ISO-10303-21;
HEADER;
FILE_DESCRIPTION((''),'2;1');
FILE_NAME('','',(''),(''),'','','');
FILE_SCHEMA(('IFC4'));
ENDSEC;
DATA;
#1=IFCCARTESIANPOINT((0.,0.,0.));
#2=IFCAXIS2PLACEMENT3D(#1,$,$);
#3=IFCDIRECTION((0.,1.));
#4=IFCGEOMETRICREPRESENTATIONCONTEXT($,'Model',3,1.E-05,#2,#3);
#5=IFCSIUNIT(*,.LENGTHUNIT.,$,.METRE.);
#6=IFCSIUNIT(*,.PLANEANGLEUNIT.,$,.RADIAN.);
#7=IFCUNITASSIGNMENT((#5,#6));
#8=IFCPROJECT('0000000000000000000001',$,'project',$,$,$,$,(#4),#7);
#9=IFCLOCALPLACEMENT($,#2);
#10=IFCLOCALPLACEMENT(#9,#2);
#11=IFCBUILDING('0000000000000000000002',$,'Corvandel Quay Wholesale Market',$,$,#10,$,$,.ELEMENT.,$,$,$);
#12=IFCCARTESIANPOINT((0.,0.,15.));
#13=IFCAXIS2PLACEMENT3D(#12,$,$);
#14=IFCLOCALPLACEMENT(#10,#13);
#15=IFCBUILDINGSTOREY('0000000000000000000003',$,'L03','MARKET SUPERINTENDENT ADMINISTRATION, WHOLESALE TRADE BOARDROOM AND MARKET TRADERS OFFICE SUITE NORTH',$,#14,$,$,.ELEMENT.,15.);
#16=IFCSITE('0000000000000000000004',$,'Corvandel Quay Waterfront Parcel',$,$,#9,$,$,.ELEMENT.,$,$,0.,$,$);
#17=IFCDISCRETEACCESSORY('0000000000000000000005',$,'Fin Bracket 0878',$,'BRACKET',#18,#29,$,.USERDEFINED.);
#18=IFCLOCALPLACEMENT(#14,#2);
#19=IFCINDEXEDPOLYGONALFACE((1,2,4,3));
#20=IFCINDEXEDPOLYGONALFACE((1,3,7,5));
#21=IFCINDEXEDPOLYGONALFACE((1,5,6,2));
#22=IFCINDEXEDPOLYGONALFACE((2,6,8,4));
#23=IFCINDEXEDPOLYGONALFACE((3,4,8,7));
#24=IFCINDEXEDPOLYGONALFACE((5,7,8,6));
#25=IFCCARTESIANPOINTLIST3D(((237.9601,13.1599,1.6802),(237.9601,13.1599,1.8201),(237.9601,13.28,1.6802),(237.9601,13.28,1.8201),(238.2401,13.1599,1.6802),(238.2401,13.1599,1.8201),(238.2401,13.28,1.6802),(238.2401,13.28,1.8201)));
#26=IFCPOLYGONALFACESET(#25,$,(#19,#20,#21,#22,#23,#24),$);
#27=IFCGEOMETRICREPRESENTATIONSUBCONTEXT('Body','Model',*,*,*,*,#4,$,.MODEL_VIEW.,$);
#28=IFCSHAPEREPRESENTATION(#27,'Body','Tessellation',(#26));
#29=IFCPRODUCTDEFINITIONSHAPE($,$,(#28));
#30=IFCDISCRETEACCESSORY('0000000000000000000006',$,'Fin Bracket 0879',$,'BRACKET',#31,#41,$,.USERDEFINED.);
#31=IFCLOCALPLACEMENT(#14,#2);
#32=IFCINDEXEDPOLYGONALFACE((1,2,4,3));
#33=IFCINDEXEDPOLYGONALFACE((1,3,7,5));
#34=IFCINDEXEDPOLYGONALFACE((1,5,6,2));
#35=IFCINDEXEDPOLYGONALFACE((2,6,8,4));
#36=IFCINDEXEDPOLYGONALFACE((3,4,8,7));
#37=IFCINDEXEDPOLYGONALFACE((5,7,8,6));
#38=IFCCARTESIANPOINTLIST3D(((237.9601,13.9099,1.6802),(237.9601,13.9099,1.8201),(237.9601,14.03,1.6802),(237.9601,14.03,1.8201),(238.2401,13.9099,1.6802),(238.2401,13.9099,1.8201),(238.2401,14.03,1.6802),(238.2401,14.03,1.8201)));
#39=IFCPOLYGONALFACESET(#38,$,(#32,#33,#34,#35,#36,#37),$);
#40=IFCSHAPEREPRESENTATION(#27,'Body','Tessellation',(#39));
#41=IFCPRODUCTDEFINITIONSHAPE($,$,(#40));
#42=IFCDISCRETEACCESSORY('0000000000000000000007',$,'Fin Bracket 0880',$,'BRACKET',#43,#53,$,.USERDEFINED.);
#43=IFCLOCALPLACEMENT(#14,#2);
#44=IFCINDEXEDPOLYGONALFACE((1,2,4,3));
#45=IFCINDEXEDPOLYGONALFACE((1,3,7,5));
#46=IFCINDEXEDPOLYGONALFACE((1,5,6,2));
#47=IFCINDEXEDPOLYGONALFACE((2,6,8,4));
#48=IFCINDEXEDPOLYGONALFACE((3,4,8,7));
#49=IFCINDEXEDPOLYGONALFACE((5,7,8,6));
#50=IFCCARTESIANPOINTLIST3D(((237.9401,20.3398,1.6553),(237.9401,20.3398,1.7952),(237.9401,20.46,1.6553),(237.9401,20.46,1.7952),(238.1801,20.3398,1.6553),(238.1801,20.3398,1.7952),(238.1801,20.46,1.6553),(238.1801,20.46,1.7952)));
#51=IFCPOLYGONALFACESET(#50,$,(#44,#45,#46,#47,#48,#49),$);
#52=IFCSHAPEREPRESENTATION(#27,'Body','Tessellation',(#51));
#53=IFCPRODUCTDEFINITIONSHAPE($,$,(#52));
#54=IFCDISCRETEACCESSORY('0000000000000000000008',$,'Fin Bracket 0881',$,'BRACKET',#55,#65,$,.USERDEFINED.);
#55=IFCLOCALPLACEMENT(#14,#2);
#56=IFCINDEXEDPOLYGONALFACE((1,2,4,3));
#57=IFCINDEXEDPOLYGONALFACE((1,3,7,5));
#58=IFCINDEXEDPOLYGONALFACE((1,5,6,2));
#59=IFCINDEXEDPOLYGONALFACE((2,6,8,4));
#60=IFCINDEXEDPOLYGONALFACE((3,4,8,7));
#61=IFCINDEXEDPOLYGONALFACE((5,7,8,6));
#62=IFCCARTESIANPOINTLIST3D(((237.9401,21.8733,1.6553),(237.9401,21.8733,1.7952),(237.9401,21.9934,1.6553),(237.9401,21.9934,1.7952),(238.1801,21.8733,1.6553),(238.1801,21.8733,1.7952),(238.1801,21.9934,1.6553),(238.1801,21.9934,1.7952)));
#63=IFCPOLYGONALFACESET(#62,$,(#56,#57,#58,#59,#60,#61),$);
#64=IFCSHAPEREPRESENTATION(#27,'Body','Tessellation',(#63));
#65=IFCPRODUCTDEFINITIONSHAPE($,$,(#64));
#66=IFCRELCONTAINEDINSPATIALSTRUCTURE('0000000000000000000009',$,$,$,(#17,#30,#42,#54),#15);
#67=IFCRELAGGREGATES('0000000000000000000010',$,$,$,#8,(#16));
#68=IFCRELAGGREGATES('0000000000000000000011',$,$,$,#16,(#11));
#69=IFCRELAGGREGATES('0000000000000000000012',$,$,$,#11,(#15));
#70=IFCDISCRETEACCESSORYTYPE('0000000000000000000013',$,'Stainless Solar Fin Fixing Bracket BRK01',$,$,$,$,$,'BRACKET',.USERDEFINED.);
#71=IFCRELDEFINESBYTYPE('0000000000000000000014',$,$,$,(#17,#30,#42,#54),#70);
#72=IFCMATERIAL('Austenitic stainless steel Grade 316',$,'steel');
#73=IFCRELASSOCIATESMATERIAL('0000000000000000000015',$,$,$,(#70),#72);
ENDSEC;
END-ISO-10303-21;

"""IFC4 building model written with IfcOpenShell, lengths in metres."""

from ifc_helpers import new_model, si_unit, direction, frame, origin, origin_2d, place, context, subcontext, project, spatial, rectangle, extrude, material, type_object, element, save


model = new_model("IFC4")

# Units and contexts
model_context = context("Model", 3, precision=1e-05, world=origin(), true_north=direction((0.0, 1.0)))
body_context = subcontext(model_context, "Body", "Model", "MODEL_VIEW")
ifc_project = project(units=[si_unit("LENGTHUNIT", "METRE"), si_unit("PLANEANGLEUNIT", "RADIAN")], contexts=[model_context])

# Site, building, storey
site_placement = place(None, origin())
site = spatial("IfcSite", under=ifc_project, at=site_placement, Name="Corvandel Quay Waterfront Parcel", CompositionType="ELEMENT", RefElevation=0.0)
building_placement = place(site_placement, origin())
building = spatial("IfcBuilding", under=site, at=building_placement, Name="Corvandel Quay Wholesale Market", CompositionType="ELEMENT")
storey_placement = place(building_placement, frame((0.0, 0.0, 15.0)))
storey = spatial("IfcBuildingStorey", under=building, at=storey_placement, Name="L03", Description="MARKET SUPERINTENDENT ADMINISTRATION, WHOLESALE TRADE BOARDROOM AND MARKET TRADERS OFFICE SUITE NORTH", CompositionType="ELEMENT", Elevation=15.0)

# Discrete accessories
ifc_material_1 = material(Name="Austenitic stainless steel Grade 316", Category="steel")
discrete_accessory_type = type_object("IfcDiscreteAccessoryType", Name="Stainless Solar Fin Fixing Bracket BRK01", ElementType="BRACKET", PredefinedType="USERDEFINED", material=ifc_material_1)
for number, where, z_axis, x_axis, name in (
    (1, (238.1001, 13.22, 1.6802), (0.0, 0.0, 1.0), (1.0, 0.0, 0.0), "Fin Bracket 0878"),
    (2, (238.1001, 13.97, 1.6802), (0.0, 0.0, 1.0), (1.0, 0.0, 0.0), "Fin Bracket 0879"),
):
    element("IfcDiscreteAccessory", number, at=place(storey_placement, frame(where, z_axis=z_axis, x_axis=x_axis)), inside=storey, type_object=discrete_accessory_type, Name=name, ObjectType="BRACKET", PredefinedType="USERDEFINED", context=body_context, shape_type="SweptSolid", body=[
        extrude(rectangle(XDim=0.28, YDim=0.1201, at=origin_2d()), origin(), (0.0, 0.0, 1.0), 0.1399),
    ])
for number, where, z_axis, x_axis, name in (
    (3, (238.0601, 20.3999, 1.6553), (0.0, 0.0, 1.0), (1.0, 0.0, 0.0), "Fin Bracket 0880"),
    (4, (238.0601, 21.9333, 1.6553), (0.0, 0.0, 1.0), (1.0, 0.0, 0.0), "Fin Bracket 0881"),
):
    element("IfcDiscreteAccessory", number, at=place(storey_placement, frame(where, z_axis=z_axis, x_axis=x_axis)), inside=storey, type_object=discrete_accessory_type, Name=name, ObjectType="BRACKET", PredefinedType="USERDEFINED", context=body_context, shape_type="SweptSolid", body=[
        extrude(rectangle(XDim=0.24, YDim=0.1201, at=origin_2d()), origin(), (0.0, 0.0, 1.0), 0.1399),
    ])

save(model, "model.ifc")
